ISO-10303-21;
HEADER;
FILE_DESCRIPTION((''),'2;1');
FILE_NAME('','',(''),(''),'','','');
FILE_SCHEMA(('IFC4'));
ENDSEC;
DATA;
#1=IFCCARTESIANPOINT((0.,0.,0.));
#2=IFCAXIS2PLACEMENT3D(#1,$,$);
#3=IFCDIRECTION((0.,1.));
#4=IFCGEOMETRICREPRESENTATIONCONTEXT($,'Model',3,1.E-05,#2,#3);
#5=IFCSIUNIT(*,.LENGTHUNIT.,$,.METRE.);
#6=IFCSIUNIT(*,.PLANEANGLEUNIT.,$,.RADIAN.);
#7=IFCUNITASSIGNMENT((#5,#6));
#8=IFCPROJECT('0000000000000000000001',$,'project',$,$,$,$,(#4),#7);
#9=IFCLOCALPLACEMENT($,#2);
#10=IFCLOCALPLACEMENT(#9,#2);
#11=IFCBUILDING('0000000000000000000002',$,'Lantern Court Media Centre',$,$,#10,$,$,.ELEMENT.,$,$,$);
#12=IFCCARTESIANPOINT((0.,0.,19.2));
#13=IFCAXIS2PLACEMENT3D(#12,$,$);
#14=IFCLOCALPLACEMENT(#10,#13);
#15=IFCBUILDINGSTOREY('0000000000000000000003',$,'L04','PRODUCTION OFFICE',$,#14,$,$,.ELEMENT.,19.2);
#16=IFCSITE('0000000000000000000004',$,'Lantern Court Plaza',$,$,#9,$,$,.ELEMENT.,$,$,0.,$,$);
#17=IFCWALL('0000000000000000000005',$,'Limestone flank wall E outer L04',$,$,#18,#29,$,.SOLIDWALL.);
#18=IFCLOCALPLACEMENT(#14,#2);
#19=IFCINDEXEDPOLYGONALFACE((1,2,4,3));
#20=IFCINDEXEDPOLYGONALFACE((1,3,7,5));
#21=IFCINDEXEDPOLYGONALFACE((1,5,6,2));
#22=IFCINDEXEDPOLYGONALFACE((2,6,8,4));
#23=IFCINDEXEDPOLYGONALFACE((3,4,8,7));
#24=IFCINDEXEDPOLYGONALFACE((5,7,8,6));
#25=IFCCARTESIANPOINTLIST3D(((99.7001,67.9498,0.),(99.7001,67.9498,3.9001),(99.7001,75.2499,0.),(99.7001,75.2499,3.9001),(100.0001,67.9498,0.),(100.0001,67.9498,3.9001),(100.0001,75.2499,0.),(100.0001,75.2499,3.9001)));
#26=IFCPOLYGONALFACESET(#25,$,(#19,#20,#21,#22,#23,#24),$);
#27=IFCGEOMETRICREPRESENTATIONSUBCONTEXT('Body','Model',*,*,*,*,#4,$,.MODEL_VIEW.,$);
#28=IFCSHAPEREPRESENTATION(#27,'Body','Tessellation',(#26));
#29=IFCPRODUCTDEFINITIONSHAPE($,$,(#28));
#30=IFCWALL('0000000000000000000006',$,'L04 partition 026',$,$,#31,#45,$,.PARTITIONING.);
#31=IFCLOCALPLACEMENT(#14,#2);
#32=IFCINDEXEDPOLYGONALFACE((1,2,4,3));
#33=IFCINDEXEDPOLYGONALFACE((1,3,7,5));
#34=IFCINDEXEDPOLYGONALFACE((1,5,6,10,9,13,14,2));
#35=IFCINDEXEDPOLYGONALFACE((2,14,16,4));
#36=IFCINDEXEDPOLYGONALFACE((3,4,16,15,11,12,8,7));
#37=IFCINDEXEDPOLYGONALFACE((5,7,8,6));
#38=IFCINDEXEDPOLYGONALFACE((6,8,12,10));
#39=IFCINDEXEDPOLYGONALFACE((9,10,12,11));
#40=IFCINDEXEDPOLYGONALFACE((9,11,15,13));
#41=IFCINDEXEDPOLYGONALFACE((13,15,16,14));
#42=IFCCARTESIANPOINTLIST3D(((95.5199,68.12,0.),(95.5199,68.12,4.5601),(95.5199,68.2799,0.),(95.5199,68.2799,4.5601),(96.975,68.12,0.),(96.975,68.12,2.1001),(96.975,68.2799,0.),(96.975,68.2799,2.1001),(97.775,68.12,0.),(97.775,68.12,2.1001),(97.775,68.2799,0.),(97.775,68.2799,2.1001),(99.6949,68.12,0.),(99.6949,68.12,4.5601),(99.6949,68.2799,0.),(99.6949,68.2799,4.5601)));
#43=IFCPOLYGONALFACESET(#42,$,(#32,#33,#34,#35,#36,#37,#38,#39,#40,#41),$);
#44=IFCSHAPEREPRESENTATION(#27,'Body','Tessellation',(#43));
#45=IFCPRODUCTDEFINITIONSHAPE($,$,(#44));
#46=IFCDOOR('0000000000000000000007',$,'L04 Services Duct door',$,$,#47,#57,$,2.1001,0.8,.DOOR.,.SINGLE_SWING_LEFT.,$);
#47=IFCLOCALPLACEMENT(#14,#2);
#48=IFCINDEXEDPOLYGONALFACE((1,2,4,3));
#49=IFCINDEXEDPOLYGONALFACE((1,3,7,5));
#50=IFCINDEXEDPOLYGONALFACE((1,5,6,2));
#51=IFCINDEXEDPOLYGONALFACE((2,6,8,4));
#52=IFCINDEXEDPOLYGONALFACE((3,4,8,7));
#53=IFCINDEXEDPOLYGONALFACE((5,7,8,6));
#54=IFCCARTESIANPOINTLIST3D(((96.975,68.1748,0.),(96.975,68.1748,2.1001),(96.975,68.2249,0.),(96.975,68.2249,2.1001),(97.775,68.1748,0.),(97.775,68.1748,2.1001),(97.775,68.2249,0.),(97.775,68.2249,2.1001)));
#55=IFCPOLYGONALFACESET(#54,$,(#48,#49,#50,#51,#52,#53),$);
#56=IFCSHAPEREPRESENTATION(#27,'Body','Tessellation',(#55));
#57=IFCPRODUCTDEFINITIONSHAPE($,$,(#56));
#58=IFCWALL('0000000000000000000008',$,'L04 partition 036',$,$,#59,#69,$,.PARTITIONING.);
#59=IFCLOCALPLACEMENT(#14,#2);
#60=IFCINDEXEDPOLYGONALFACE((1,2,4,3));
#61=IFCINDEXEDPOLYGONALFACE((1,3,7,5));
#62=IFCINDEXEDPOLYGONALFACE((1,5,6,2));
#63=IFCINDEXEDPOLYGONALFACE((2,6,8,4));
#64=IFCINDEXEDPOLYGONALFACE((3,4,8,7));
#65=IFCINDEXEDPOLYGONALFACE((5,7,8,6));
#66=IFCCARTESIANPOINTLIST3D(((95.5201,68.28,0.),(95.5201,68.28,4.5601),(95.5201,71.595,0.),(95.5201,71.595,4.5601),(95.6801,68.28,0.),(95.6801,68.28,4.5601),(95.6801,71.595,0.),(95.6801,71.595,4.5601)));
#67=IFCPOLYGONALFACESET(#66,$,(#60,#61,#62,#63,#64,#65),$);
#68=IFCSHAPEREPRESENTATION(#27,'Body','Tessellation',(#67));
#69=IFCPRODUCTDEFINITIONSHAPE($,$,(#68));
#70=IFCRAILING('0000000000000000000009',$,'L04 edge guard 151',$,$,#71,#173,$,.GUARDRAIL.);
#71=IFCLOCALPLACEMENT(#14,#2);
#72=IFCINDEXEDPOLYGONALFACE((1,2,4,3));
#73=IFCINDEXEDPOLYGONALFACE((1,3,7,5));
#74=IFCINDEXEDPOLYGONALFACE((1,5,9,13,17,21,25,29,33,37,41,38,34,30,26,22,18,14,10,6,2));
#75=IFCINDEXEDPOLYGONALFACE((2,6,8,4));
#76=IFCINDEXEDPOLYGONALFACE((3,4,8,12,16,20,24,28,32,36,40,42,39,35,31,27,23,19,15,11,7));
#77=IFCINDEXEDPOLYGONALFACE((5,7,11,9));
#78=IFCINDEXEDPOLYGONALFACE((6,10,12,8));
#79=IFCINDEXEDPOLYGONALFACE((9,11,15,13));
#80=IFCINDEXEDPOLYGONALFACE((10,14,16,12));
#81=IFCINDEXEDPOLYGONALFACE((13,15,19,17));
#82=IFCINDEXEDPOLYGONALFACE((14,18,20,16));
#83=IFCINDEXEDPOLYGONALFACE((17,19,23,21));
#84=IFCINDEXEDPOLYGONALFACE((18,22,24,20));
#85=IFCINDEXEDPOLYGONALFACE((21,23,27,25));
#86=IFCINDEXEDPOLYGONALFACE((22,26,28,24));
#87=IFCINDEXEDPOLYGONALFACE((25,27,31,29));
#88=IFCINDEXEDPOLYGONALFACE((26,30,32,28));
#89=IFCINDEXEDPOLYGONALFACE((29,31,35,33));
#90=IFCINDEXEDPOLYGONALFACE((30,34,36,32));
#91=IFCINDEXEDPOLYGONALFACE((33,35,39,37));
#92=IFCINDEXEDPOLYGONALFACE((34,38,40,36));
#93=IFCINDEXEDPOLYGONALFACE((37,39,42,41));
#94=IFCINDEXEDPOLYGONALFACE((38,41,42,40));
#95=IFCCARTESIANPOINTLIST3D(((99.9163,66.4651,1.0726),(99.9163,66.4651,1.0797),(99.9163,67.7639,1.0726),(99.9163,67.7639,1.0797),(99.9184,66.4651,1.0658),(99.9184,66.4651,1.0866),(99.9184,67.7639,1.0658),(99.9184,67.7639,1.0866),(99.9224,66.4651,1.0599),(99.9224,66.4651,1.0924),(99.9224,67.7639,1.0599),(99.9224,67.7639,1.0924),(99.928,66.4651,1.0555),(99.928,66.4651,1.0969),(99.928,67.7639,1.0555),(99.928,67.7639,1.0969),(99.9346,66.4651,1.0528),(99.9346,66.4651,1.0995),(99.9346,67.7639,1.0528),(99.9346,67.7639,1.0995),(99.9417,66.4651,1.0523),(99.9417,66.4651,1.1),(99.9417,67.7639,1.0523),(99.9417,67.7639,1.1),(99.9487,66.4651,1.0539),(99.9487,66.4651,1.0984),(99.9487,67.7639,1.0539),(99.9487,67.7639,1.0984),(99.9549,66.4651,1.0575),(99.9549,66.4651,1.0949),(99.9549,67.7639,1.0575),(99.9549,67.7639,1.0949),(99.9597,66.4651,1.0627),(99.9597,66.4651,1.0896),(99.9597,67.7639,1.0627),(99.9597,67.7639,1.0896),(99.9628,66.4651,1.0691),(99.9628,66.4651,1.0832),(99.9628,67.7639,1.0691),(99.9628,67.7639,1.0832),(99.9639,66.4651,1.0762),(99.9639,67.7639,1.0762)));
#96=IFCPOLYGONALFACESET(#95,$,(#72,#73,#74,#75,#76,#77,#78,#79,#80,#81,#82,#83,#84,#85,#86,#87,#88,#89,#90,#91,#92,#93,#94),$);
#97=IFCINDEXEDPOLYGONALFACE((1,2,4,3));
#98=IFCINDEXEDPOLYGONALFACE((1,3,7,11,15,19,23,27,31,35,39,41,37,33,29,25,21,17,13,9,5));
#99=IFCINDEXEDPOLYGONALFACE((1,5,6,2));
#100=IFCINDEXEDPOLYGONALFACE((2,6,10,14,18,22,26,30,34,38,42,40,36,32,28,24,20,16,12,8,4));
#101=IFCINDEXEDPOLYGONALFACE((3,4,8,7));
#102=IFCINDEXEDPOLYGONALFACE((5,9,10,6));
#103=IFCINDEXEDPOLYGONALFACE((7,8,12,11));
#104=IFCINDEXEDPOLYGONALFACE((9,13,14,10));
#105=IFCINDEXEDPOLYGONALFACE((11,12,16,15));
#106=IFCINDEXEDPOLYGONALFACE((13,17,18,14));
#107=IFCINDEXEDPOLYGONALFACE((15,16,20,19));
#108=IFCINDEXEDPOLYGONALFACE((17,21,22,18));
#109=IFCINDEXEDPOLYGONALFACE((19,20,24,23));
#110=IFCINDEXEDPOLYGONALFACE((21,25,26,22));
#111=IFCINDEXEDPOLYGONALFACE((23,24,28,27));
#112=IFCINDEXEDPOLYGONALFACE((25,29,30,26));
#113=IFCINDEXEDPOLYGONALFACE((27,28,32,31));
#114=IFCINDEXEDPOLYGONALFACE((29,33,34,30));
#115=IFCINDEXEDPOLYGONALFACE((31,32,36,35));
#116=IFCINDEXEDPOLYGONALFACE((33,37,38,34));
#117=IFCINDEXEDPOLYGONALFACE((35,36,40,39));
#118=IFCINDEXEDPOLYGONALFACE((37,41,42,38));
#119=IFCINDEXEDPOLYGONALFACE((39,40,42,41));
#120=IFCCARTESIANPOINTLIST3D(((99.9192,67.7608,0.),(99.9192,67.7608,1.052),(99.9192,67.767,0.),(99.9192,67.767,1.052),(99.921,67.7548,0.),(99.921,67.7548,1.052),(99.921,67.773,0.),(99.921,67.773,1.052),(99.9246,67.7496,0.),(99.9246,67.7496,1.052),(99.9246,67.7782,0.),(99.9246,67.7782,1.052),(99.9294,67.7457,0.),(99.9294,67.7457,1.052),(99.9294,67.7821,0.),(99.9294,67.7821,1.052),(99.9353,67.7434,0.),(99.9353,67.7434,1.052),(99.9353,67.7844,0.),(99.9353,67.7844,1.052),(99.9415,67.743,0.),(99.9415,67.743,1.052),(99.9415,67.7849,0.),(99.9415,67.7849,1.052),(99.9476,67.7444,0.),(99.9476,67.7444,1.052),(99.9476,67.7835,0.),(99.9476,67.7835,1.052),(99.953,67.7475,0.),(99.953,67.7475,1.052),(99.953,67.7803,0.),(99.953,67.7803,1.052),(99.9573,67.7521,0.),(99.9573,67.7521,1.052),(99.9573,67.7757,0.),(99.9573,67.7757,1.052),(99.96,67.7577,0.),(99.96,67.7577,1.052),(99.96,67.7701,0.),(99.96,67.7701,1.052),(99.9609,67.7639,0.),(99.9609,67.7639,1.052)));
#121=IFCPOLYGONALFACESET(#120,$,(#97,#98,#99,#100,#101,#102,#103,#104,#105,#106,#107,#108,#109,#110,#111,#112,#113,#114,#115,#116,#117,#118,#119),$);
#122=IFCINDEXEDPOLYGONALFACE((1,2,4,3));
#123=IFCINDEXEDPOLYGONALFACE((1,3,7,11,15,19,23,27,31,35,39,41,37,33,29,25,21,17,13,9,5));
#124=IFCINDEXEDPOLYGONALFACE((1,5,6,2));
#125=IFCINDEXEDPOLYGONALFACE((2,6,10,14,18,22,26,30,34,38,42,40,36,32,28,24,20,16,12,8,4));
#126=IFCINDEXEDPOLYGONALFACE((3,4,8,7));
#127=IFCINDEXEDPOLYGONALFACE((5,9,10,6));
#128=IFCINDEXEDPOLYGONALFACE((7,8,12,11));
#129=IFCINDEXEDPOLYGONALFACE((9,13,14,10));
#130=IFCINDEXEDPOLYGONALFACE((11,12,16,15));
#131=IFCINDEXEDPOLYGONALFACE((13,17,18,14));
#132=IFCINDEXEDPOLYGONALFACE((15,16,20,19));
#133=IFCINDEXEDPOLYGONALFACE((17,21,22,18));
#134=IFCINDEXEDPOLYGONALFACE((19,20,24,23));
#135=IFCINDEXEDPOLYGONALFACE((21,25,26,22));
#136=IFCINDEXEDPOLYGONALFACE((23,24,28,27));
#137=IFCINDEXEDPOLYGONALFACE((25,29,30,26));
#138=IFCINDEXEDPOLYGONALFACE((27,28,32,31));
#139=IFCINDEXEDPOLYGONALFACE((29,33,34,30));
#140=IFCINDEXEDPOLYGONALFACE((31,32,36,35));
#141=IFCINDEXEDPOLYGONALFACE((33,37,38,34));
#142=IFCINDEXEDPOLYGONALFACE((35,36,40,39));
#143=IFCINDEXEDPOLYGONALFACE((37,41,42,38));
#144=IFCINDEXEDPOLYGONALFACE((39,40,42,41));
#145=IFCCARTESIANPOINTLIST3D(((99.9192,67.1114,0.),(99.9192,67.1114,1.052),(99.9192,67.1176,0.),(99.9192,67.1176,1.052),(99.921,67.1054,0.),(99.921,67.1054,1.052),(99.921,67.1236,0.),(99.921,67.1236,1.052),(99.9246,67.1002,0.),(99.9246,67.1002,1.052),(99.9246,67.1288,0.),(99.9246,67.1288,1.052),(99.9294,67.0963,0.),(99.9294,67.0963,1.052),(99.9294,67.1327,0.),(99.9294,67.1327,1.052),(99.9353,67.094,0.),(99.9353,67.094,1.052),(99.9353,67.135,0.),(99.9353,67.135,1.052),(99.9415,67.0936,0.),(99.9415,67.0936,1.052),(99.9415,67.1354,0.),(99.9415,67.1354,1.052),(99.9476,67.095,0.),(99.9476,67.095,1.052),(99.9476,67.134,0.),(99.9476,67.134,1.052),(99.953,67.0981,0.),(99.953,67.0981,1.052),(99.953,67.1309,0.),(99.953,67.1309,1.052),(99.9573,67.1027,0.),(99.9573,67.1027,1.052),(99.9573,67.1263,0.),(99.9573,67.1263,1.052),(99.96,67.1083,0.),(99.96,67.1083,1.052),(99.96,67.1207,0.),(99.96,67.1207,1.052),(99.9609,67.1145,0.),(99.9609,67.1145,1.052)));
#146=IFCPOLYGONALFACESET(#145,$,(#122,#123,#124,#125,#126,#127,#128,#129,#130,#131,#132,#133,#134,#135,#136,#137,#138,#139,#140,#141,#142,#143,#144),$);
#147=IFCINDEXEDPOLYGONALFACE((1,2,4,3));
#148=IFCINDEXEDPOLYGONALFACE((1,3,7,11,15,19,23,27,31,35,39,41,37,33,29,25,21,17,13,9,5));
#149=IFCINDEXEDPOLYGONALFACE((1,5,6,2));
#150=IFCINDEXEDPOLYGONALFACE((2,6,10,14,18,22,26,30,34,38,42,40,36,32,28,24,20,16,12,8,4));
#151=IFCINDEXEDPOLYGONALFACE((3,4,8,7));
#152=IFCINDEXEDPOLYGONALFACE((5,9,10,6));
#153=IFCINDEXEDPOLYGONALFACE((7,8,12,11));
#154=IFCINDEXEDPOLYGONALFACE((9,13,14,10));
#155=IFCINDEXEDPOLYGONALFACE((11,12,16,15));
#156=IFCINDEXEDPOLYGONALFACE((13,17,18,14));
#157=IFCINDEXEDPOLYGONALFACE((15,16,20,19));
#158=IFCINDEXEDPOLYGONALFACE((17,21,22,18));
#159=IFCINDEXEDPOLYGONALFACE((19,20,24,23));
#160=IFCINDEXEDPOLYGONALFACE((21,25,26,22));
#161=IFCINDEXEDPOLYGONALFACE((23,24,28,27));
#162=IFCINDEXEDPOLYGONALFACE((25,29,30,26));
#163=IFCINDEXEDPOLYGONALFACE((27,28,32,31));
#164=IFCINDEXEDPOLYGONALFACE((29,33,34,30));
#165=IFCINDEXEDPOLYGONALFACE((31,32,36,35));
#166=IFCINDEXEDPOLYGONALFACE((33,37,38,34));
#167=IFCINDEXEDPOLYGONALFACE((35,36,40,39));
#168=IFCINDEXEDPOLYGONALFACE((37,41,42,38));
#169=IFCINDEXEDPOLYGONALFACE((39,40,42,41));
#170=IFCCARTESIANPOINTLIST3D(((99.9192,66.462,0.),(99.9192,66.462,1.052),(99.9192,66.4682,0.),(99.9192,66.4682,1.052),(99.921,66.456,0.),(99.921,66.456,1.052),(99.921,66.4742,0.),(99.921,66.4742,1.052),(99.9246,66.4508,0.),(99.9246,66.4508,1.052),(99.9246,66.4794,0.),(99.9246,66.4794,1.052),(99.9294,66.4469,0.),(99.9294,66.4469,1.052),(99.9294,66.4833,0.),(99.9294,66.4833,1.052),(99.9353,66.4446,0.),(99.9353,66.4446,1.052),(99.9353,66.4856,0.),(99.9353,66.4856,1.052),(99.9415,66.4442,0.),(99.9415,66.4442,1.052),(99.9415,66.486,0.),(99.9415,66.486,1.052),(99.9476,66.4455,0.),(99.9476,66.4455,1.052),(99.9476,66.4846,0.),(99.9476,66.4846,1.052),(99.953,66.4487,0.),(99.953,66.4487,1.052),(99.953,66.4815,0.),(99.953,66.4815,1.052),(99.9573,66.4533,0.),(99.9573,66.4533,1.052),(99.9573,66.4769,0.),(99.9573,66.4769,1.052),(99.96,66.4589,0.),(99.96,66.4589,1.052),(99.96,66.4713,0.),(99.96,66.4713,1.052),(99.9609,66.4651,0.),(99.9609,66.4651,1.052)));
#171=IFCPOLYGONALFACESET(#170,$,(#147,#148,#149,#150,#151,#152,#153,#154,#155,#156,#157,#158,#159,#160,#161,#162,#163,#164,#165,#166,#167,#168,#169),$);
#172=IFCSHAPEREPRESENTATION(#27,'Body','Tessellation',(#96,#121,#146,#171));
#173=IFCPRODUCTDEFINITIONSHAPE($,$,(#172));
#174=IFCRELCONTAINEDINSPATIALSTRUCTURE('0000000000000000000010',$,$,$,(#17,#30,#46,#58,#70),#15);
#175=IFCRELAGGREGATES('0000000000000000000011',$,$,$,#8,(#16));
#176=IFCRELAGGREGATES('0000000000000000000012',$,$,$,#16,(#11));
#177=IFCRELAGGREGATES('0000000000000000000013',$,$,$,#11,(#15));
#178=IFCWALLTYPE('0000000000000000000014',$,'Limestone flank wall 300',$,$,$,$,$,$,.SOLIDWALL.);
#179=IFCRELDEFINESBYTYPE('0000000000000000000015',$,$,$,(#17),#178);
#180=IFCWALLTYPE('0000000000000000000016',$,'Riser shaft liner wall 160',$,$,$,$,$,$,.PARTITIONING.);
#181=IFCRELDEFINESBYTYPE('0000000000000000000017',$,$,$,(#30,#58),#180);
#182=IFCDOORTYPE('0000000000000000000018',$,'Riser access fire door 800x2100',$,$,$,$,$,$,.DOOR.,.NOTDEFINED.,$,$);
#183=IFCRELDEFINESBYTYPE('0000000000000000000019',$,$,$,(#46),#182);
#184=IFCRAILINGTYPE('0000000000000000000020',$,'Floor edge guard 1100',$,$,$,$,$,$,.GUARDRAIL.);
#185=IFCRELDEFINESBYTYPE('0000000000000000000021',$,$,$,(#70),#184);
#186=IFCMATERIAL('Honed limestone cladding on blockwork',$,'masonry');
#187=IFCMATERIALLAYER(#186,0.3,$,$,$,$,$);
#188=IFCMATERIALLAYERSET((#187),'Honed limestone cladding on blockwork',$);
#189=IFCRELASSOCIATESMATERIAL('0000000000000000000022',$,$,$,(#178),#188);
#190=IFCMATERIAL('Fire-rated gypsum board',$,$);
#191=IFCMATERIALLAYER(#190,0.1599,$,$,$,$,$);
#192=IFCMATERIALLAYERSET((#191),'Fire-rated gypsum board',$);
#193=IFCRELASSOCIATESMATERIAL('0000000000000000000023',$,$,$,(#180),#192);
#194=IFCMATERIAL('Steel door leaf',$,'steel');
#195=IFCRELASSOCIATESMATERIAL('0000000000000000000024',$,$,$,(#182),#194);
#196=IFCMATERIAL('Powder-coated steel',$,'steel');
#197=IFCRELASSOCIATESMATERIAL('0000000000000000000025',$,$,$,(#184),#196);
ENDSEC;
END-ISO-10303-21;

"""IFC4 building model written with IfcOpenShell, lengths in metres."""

from ifc_helpers import new_model, si_unit, direction, frame, frame_2d, origin, origin_2d, place, context, subcontext, project, spatial, rectangle, circle, extrude, material, layer, layer_set, type_object, element, fill, save


model = new_model("IFC4")

# Units and contexts
model_context = context("Model", 3, precision=1e-05, world=origin(), true_north=direction((0.0, 1.0)))
body_context = subcontext(model_context, "Body", "Model", "MODEL_VIEW")
ifc_project = project(units=[si_unit("LENGTHUNIT", "METRE"), si_unit("PLANEANGLEUNIT", "RADIAN")], contexts=[model_context])

# Site, building, storey
site_placement = place(None, origin())
site = spatial("IfcSite", under=ifc_project, at=site_placement, Name="Lantern Court Plaza", CompositionType="ELEMENT", RefElevation=0.0)
building_placement = place(site_placement, origin())
building = spatial("IfcBuilding", under=site, at=building_placement, Name="Lantern Court Media Centre", CompositionType="ELEMENT")
storey_placement = place(building_placement, frame((0.0, 0.0, 19.2)))
storey = spatial("IfcBuildingStorey", under=building, at=storey_placement, Name="L04", Description="PRODUCTION OFFICE", CompositionType="ELEMENT", Elevation=19.2)

# Wall
ifc_material_1 = material(Name="Honed limestone cladding on blockwork", Category="masonry")
ifc_layer_1 = layer(ifc_material_1, 0.3)
ifc_layer_set_1 = layer_set([ifc_layer_1], Name="Honed limestone cladding on blockwork")
wall_type_1 = type_object("IfcWallType", Name="Limestone flank wall 300", PredefinedType="SOLIDWALL", material=ifc_layer_set_1)
wall_1_placement = place(storey_placement, frame((99.8501, 67.95, 0.0), z_axis=(0.0, 0.0, 1.0), x_axis=(0.0, 1.0, 0.0)))
element("IfcWall", 1, at=wall_1_placement, inside=storey, type_object=wall_type_1, Name="Limestone flank wall E outer L04", PredefinedType="SOLIDWALL", context=body_context, shape_type="SweptSolid", body=[
    extrude(rectangle(XDim=7.3, YDim=0.3, at=frame_2d((3.6499, 0.0))), origin(), (0.0, 0.0, 1.0), 3.9001),
])

# Wall, opening, door
ifc_material_2 = material(Name="Fire-rated gypsum board")
ifc_layer_2 = layer(ifc_material_2, 0.1599)
ifc_layer_set_2 = layer_set([ifc_layer_2], Name="Fire-rated gypsum board")
wall_type_2 = type_object("IfcWallType", Name="Riser shaft liner wall 160", PredefinedType="PARTITIONING", material=ifc_layer_set_2)
wall_2_placement = place(storey_placement, frame((95.52, 68.2, 0.0), z_axis=(0.0, 0.0, 1.0), x_axis=(1.0, 0.0, 0.0)))
wall_2 = element("IfcWall", 2, at=wall_2_placement, inside=storey, type_object=wall_type_2, Name="L04 partition 026", PredefinedType="PARTITIONING", context=body_context, shape_type="SweptSolid", body=[
    extrude(rectangle(XDim=4.175, YDim=0.1599, at=frame_2d((2.0874, 0.0))), origin(), (0.0, 0.0, 1.0), 4.5601),
])
opening_placement = place(wall_2_placement, frame((1.4551, 0.0, 0.0)))
opening = element("IfcOpeningElement", 3, at=opening_placement, cuts=wall_2, PredefinedType="OPENING", context=body_context, shape_type="SweptSolid", body=[
    extrude(rectangle(XDim=0.8, YDim=2.1001, at=frame_2d((0.3999, 1.05))), frame((0.0, 0.0898, 0.0), z_axis=(0.0, -1.0, 0.0), x_axis=(1.0, 0.0, 0.0)), (0.0, 0.0, 1.0), 0.1799),
])
ifc_material_3 = material(Name="Steel door leaf", Category="steel")
door_type = type_object("IfcDoorType", Name="Riser access fire door 800x2100", OperationType="NOTDEFINED", PredefinedType="DOOR", material=ifc_material_3)
door_placement = place(opening_placement, origin())
door = element("IfcDoor", 4, at=door_placement, inside=storey, type_object=door_type, Name="L04 Services Duct door", OperationType="SINGLE_SWING_LEFT", OverallHeight=2.1001, OverallWidth=0.8, PredefinedType="DOOR", context=body_context, shape_type="SweptSolid", body=[
    extrude(rectangle(XDim=0.8, YDim=2.1001, at=frame_2d((0.3999, 1.05))), frame((0.0, 0.0249, 0.0), z_axis=(0.0, -1.0, 0.0), x_axis=(1.0, 0.0, 0.0)), (0.0, 0.0, 1.0), 0.05),
])
fill(opening, door)

# Wall
wall_3_placement = place(storey_placement, frame((95.6001, 68.28, 0.0), z_axis=(0.0, 0.0, 1.0), x_axis=(0.0, 1.0, 0.0)))
element("IfcWall", 5, at=wall_3_placement, inside=storey, type_object=wall_type_2, Name="L04 partition 036", PredefinedType="PARTITIONING", context=body_context, shape_type="SweptSolid", body=[
    extrude(rectangle(XDim=3.3149, YDim=0.1599, at=frame_2d((1.6575, 0.0))), origin(), (0.0, 0.0, 1.0), 4.5601),
])

# Railing
ifc_material_4 = material(Name="Powder-coated steel", Category="steel")
railing_type = type_object("IfcRailingType", Name="Floor edge guard 1100", PredefinedType="GUARDRAIL", material=ifc_material_4)
railing_1_placement = place(storey_placement, frame((99.9399, 67.7639, 0.0)))
element("IfcRailing", 6, at=railing_1_placement, inside=storey, type_object=railing_type, Name="L04 edge guard 151", PredefinedType="GUARDRAIL", context=body_context, shape_type="SweptSolid", body=[
    extrude(circle(Radius=0.0239, at=origin_2d()), frame((0.0, 0.0, 1.0762), z_axis=(0.0, -1.0, 0.0), x_axis=(1.0, 0.0, 0.0)), (0.0, 0.0, 1.0), 1.2988),
    extrude(circle(Radius=0.021, at=origin_2d()), origin(), (0.0, 0.0, 1.0), 1.052),
    extrude(circle(Radius=0.021, at=origin_2d()), frame((0.0, -0.6494, 0.0)), (0.0, 0.0, 1.0), 1.052),
    extrude(circle(Radius=0.021, at=origin_2d()), frame((0.0, -1.2988, 0.0)), (0.0, 0.0, 1.0), 1.052),
])

save(model, "model.ifc")
